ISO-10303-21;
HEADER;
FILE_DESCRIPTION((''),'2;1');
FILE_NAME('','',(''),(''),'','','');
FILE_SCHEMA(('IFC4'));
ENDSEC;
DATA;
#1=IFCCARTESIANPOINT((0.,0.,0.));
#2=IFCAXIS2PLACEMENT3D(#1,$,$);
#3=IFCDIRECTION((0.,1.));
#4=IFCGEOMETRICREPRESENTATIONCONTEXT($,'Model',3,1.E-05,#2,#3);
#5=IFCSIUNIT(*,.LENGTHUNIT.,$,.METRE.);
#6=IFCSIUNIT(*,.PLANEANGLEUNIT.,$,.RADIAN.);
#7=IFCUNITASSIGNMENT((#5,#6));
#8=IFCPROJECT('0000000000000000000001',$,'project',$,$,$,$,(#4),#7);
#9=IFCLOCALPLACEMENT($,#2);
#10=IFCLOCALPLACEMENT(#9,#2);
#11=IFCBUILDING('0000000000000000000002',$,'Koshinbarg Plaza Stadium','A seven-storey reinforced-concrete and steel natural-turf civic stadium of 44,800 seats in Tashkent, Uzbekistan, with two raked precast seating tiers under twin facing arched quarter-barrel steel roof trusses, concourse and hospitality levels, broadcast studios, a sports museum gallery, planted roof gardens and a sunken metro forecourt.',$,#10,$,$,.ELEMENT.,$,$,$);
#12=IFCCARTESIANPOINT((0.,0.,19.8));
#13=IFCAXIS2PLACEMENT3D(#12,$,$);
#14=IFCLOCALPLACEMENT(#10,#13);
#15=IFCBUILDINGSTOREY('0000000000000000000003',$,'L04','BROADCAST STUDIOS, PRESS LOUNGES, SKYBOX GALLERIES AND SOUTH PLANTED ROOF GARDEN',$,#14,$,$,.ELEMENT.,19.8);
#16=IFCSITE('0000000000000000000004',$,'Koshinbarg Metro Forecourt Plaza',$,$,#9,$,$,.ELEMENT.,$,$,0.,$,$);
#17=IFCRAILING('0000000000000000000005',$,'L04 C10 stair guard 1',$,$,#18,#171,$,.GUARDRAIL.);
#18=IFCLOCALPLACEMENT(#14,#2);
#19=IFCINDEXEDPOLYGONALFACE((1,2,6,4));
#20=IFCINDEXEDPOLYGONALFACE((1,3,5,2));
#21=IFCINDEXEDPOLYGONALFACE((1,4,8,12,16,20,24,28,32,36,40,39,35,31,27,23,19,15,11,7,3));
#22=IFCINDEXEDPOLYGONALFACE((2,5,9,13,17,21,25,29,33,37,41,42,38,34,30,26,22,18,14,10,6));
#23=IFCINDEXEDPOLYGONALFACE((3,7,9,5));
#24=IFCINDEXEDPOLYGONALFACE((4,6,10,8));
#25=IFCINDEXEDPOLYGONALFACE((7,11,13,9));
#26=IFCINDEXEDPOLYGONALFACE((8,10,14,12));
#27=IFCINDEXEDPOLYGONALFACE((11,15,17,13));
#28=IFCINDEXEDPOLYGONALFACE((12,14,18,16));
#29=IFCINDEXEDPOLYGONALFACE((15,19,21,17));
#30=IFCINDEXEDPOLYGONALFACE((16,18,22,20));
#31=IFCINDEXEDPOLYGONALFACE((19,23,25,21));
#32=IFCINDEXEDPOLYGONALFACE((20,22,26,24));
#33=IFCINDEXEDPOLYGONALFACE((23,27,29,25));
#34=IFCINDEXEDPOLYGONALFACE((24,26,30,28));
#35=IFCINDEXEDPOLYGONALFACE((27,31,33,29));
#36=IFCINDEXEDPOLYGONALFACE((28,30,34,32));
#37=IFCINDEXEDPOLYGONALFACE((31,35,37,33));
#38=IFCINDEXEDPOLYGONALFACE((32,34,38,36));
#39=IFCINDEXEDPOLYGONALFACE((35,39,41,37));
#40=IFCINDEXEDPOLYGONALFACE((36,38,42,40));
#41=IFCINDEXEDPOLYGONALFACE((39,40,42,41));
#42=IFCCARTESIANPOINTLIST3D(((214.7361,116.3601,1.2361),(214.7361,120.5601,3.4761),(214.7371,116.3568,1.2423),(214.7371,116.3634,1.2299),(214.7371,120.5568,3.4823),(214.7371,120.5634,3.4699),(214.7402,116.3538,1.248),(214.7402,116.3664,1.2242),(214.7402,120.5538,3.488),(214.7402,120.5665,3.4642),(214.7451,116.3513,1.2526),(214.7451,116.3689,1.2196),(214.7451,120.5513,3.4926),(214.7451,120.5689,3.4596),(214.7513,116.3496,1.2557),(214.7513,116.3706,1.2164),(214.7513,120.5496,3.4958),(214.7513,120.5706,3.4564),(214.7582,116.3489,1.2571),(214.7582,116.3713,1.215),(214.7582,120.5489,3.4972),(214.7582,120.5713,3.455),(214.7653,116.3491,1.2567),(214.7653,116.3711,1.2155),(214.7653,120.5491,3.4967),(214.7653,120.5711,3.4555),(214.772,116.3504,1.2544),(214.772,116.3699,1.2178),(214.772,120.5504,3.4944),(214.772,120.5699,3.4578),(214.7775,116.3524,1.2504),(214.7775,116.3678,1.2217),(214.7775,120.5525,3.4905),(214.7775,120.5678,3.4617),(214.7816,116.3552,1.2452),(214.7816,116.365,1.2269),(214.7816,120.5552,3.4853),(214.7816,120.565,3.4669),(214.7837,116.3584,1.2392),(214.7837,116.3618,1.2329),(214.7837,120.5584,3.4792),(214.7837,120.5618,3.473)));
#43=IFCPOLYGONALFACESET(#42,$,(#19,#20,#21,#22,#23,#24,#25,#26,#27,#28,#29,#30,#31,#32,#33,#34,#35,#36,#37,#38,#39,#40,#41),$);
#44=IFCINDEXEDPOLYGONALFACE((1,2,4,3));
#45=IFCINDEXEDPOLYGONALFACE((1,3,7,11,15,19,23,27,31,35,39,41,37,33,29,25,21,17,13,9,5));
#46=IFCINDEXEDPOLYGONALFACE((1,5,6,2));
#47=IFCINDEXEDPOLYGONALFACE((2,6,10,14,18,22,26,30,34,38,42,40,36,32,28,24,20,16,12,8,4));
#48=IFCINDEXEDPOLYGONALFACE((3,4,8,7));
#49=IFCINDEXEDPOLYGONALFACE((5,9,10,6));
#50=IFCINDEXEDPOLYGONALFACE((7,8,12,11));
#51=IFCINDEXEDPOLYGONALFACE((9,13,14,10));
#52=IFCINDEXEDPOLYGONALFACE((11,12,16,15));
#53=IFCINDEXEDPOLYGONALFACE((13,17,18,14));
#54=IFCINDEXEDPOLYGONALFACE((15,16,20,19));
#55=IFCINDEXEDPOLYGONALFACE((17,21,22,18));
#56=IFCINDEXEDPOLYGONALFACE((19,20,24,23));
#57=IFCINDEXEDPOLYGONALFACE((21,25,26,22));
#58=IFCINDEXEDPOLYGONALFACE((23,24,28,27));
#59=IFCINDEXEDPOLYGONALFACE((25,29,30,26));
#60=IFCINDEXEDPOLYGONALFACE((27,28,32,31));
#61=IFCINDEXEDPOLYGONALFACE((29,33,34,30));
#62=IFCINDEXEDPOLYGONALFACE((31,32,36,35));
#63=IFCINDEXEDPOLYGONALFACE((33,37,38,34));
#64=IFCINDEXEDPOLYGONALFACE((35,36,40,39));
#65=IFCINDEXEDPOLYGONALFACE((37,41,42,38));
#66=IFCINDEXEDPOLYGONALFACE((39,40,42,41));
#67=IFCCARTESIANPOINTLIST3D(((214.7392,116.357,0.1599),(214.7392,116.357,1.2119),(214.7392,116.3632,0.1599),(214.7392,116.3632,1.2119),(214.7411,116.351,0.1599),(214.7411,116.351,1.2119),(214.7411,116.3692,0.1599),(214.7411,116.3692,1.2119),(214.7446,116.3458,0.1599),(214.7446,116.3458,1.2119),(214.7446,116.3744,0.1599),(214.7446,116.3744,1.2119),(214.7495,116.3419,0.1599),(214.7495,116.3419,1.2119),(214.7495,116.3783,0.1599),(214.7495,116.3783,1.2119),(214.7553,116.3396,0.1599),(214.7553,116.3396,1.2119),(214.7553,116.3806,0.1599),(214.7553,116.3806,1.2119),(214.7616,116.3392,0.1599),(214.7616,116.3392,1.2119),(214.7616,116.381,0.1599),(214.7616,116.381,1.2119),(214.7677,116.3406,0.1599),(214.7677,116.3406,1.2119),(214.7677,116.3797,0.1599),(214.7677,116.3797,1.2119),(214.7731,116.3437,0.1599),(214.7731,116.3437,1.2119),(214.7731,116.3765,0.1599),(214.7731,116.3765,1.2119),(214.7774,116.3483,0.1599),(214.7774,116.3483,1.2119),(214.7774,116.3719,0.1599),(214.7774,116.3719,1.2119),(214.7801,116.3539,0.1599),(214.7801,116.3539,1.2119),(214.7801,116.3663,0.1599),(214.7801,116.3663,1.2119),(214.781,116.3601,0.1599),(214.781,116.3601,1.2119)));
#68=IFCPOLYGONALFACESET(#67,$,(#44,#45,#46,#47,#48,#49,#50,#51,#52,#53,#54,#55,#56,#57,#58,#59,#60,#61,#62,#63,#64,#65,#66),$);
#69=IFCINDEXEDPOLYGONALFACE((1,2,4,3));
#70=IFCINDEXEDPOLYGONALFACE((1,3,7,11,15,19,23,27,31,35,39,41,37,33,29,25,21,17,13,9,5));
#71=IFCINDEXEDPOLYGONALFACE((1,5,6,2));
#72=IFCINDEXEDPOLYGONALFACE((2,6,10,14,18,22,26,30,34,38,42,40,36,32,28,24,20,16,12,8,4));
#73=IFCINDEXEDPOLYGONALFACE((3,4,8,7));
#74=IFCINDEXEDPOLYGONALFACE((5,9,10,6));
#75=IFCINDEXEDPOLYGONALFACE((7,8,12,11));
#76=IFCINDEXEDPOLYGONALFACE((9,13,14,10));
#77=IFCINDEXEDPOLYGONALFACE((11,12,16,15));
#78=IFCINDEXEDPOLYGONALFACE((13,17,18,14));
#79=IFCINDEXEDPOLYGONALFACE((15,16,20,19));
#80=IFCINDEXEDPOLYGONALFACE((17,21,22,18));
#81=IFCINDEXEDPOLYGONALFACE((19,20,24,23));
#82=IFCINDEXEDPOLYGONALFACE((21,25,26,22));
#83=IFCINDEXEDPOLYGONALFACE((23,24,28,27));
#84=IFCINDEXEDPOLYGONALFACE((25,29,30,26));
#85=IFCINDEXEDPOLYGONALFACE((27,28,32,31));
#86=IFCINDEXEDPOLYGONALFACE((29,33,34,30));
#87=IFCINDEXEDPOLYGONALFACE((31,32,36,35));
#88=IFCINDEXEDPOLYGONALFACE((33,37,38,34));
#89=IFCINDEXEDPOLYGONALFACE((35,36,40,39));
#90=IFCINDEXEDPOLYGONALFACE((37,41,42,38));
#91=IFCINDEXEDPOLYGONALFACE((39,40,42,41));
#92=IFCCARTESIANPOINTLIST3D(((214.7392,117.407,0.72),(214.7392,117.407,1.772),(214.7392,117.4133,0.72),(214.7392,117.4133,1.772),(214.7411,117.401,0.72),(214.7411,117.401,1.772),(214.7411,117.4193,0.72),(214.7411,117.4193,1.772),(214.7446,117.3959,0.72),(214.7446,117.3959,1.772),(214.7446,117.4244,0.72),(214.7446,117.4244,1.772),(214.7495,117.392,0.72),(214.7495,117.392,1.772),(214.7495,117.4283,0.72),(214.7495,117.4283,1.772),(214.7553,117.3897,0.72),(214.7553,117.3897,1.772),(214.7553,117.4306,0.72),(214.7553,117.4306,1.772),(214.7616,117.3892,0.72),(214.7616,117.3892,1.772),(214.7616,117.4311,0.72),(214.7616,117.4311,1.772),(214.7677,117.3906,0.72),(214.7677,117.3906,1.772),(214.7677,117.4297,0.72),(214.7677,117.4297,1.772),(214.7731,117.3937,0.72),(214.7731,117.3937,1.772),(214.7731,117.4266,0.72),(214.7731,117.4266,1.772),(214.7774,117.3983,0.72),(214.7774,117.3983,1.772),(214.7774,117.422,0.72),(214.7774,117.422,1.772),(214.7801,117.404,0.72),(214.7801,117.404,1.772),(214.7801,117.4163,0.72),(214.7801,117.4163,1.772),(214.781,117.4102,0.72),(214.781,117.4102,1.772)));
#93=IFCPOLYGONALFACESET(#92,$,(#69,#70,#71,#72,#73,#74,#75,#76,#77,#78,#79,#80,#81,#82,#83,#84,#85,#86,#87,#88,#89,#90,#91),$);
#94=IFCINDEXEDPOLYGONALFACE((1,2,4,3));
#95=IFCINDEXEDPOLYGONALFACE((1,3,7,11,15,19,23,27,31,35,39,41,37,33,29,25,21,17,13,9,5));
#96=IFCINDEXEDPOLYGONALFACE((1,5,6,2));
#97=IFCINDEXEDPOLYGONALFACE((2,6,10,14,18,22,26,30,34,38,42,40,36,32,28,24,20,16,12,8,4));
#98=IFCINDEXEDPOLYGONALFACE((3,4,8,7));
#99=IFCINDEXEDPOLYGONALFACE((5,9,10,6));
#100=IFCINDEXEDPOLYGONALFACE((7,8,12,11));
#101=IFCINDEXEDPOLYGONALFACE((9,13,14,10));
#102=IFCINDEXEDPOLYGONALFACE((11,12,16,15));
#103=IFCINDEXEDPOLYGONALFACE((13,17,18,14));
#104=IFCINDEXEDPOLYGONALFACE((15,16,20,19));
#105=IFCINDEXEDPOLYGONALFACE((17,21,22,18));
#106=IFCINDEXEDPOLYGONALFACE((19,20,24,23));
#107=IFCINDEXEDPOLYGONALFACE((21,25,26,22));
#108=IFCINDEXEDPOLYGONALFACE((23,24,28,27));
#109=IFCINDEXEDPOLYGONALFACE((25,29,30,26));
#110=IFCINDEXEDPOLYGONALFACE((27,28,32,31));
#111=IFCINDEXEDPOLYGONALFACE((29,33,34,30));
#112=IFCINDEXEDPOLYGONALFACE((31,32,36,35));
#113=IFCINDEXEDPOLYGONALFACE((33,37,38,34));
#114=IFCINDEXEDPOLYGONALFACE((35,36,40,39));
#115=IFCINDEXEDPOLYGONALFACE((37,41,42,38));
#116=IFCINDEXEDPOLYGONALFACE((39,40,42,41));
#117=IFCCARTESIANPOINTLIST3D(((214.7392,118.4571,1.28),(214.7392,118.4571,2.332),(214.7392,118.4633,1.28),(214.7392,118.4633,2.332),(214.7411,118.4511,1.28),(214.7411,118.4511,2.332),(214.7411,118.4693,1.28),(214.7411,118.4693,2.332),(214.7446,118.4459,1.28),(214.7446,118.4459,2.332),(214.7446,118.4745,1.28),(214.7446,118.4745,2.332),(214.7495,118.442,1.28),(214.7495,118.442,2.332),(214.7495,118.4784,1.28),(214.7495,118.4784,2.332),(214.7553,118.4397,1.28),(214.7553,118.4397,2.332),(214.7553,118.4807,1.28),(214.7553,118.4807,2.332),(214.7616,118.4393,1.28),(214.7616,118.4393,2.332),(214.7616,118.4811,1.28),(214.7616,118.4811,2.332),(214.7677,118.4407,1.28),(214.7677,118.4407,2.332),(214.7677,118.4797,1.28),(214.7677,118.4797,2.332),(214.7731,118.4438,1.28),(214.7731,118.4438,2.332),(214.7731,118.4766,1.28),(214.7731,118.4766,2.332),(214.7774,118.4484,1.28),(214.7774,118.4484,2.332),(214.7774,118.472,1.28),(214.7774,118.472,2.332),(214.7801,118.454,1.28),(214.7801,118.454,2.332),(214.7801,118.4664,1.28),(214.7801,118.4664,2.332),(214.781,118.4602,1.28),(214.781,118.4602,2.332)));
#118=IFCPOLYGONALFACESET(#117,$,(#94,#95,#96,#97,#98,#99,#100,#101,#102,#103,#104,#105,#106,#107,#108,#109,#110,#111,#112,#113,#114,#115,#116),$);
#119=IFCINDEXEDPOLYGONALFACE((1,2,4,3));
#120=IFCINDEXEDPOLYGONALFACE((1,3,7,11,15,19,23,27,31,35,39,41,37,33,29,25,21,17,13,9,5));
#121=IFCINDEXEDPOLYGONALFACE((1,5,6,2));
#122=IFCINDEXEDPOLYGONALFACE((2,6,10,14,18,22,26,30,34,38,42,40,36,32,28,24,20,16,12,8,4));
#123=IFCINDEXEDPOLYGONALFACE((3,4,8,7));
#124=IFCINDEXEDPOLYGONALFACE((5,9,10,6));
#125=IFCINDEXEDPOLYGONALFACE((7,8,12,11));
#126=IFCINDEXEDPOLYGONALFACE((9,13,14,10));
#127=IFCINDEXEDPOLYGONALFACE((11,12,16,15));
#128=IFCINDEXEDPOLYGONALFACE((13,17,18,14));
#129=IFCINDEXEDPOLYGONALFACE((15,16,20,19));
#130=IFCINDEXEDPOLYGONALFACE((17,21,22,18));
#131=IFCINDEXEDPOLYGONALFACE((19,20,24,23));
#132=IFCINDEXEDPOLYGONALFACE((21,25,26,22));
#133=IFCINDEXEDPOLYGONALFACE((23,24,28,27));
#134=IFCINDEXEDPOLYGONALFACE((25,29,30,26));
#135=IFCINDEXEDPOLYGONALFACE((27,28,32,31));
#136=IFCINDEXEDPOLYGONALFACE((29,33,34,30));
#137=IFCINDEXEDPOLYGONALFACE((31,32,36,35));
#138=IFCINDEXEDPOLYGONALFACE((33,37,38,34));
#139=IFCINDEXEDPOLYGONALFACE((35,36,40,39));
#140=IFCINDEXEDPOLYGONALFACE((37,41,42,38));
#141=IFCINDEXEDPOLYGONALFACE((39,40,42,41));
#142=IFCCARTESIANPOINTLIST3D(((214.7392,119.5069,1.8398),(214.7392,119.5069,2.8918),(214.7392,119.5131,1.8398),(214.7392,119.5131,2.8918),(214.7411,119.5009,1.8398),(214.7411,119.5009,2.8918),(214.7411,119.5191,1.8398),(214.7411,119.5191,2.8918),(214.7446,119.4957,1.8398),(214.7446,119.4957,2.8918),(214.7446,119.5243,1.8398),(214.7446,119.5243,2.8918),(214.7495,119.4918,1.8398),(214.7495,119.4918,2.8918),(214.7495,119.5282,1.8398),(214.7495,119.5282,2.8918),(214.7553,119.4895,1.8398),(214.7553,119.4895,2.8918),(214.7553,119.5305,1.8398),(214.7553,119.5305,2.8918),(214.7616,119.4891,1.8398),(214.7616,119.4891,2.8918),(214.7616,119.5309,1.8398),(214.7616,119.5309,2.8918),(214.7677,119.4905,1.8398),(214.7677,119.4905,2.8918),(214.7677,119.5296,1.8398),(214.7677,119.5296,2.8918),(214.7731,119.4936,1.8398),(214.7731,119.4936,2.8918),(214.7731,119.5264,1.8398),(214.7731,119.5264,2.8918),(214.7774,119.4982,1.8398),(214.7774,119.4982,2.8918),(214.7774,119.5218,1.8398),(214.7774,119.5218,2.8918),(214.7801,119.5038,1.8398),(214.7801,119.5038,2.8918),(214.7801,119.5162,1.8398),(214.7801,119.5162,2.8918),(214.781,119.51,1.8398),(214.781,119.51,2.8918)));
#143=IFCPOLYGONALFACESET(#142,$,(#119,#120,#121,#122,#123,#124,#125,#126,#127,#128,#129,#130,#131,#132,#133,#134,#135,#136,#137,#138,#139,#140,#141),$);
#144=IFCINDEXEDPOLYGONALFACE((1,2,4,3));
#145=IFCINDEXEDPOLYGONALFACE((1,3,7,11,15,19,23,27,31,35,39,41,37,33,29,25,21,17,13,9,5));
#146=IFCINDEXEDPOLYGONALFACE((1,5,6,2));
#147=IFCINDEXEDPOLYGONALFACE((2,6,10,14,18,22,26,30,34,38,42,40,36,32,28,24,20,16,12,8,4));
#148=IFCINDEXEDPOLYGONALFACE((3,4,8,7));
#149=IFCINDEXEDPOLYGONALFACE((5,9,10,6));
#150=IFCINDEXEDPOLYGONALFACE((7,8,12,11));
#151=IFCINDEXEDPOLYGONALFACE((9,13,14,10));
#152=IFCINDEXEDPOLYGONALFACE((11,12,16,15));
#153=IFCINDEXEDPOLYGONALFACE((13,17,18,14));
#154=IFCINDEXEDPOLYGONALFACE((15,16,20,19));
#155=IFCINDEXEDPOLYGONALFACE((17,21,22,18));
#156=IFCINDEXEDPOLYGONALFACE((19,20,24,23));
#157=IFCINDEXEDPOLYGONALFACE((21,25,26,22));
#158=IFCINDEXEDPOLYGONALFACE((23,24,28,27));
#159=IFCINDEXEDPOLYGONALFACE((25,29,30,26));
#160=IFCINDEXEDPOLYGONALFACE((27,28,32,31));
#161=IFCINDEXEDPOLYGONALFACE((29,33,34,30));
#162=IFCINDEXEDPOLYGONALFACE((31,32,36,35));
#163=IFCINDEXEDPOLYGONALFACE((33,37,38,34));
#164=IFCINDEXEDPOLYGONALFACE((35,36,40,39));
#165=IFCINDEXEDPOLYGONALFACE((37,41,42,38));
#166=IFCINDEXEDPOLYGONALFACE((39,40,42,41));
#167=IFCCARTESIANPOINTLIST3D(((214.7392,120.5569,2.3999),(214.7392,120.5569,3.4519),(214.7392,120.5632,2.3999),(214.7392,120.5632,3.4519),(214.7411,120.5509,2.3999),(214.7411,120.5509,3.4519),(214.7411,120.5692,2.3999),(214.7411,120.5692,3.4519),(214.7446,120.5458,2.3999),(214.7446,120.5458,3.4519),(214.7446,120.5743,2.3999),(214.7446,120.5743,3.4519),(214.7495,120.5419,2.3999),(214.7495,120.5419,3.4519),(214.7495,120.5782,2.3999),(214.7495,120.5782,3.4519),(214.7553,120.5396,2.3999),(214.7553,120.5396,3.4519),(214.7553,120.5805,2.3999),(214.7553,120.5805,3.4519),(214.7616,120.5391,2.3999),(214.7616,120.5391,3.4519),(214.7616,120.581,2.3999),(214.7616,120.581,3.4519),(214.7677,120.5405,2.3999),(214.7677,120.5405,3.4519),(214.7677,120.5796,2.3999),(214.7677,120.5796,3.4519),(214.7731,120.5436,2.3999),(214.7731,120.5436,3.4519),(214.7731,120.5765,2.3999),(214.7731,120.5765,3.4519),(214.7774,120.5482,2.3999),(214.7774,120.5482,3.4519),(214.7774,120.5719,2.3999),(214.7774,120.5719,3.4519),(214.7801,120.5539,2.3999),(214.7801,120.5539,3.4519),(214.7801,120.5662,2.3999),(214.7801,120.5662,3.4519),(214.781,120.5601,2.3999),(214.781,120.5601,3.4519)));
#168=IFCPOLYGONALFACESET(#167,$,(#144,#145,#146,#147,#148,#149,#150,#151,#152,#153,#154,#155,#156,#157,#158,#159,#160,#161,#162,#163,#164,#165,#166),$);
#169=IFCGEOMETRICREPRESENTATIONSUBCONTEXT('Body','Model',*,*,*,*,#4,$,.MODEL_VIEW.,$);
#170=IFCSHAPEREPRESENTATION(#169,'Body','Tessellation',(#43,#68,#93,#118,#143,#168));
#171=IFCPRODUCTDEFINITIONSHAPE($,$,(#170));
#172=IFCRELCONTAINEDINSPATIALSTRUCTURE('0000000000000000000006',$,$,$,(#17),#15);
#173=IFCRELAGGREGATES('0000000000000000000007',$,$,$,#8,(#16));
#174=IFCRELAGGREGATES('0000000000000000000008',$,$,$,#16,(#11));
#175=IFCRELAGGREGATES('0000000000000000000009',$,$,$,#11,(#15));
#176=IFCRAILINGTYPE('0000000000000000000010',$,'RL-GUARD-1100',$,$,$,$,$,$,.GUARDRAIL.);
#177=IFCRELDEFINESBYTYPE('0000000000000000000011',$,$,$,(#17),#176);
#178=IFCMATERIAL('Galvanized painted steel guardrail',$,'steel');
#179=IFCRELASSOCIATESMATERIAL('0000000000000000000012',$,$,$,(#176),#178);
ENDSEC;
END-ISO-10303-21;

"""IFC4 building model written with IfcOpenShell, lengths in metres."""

from ifc_helpers import new_model, si_unit, direction, frame, origin, origin_2d, place, context, subcontext, project, spatial, circle, extrude, material, type_object, element, save


model = new_model("IFC4")

# Units and contexts
model_context = context("Model", 3, precision=1e-05, world=origin(), true_north=direction((0.0, 1.0)))
body_context = subcontext(model_context, "Body", "Model", "MODEL_VIEW")
ifc_project = project(units=[si_unit("LENGTHUNIT", "METRE"), si_unit("PLANEANGLEUNIT", "RADIAN")], contexts=[model_context])

# Site, building, storey
site_placement = place(None, origin())
site = spatial("IfcSite", under=ifc_project, at=site_placement, Name="Koshinbarg Metro Forecourt Plaza", CompositionType="ELEMENT", RefElevation=0.0)
building_placement = place(site_placement, origin())
building = spatial("IfcBuilding", under=site, at=building_placement, Name="Koshinbarg Plaza Stadium", Description="A seven-storey reinforced-concrete and steel natural-turf civic stadium of 44,800 seats in Tashkent, Uzbekistan, with two raked precast seating tiers under twin facing arched quarter-barrel steel roof trusses, concourse and hospitality levels, broadcast studios, a sports museum gallery, planted roof gardens and a sunken metro forecourt.", CompositionType="ELEMENT")
storey_placement = place(building_placement, frame((0.0, 0.0, 19.8)))
storey = spatial("IfcBuildingStorey", under=building, at=storey_placement, Name="L04", Description="BROADCAST STUDIOS, PRESS LOUNGES, SKYBOX GALLERIES AND SOUTH PLANTED ROOF GARDEN", CompositionType="ELEMENT", Elevation=19.8)

# Railing
ifc_material_1 = material(Name="Galvanized painted steel guardrail", Category="steel")
railing_type_1 = type_object("IfcRailingType", Name="RL-GUARD-1100", PredefinedType="GUARDRAIL", material=ifc_material_1)
railing_1_placement = place(storey_placement, frame((214.76, 116.3601, 0.1599)))
element("IfcRailing", 1, at=railing_1_placement, inside=storey, type_object=railing_type_1, Name="L04 C10 stair guard 1", PredefinedType="GUARDRAIL", context=body_context, shape_type="SweptSolid", body=[
    extrude(circle(Radius=0.0239, at=origin_2d()), frame((0.0, 0.0, 1.0762), z_axis=(0.0, 0.882352, 0.470591), x_axis=(-1.0, 0.0, 0.0)), (0.0, 0.0, 1.0), 4.76),
    extrude(circle(Radius=0.021, at=origin_2d()), origin(), (0.0, 0.0, 1.0), 1.052),
    extrude(circle(Radius=0.021, at=origin_2d()), frame((0.0, 1.05, 0.5601)), (0.0, 0.0, 1.0), 1.052),
    extrude(circle(Radius=0.021, at=origin_2d()), frame((0.0, 2.1001, 1.1201)), (0.0, 0.0, 1.0), 1.052),
    extrude(circle(Radius=0.021, at=origin_2d()), frame((0.0, 3.1499, 1.6799)), (0.0, 0.0, 1.0), 1.052),
    extrude(circle(Radius=0.021, at=origin_2d()), frame((0.0, 4.2, 2.24)), (0.0, 0.0, 1.0), 1.052),
])

save(model, "model.ifc")
